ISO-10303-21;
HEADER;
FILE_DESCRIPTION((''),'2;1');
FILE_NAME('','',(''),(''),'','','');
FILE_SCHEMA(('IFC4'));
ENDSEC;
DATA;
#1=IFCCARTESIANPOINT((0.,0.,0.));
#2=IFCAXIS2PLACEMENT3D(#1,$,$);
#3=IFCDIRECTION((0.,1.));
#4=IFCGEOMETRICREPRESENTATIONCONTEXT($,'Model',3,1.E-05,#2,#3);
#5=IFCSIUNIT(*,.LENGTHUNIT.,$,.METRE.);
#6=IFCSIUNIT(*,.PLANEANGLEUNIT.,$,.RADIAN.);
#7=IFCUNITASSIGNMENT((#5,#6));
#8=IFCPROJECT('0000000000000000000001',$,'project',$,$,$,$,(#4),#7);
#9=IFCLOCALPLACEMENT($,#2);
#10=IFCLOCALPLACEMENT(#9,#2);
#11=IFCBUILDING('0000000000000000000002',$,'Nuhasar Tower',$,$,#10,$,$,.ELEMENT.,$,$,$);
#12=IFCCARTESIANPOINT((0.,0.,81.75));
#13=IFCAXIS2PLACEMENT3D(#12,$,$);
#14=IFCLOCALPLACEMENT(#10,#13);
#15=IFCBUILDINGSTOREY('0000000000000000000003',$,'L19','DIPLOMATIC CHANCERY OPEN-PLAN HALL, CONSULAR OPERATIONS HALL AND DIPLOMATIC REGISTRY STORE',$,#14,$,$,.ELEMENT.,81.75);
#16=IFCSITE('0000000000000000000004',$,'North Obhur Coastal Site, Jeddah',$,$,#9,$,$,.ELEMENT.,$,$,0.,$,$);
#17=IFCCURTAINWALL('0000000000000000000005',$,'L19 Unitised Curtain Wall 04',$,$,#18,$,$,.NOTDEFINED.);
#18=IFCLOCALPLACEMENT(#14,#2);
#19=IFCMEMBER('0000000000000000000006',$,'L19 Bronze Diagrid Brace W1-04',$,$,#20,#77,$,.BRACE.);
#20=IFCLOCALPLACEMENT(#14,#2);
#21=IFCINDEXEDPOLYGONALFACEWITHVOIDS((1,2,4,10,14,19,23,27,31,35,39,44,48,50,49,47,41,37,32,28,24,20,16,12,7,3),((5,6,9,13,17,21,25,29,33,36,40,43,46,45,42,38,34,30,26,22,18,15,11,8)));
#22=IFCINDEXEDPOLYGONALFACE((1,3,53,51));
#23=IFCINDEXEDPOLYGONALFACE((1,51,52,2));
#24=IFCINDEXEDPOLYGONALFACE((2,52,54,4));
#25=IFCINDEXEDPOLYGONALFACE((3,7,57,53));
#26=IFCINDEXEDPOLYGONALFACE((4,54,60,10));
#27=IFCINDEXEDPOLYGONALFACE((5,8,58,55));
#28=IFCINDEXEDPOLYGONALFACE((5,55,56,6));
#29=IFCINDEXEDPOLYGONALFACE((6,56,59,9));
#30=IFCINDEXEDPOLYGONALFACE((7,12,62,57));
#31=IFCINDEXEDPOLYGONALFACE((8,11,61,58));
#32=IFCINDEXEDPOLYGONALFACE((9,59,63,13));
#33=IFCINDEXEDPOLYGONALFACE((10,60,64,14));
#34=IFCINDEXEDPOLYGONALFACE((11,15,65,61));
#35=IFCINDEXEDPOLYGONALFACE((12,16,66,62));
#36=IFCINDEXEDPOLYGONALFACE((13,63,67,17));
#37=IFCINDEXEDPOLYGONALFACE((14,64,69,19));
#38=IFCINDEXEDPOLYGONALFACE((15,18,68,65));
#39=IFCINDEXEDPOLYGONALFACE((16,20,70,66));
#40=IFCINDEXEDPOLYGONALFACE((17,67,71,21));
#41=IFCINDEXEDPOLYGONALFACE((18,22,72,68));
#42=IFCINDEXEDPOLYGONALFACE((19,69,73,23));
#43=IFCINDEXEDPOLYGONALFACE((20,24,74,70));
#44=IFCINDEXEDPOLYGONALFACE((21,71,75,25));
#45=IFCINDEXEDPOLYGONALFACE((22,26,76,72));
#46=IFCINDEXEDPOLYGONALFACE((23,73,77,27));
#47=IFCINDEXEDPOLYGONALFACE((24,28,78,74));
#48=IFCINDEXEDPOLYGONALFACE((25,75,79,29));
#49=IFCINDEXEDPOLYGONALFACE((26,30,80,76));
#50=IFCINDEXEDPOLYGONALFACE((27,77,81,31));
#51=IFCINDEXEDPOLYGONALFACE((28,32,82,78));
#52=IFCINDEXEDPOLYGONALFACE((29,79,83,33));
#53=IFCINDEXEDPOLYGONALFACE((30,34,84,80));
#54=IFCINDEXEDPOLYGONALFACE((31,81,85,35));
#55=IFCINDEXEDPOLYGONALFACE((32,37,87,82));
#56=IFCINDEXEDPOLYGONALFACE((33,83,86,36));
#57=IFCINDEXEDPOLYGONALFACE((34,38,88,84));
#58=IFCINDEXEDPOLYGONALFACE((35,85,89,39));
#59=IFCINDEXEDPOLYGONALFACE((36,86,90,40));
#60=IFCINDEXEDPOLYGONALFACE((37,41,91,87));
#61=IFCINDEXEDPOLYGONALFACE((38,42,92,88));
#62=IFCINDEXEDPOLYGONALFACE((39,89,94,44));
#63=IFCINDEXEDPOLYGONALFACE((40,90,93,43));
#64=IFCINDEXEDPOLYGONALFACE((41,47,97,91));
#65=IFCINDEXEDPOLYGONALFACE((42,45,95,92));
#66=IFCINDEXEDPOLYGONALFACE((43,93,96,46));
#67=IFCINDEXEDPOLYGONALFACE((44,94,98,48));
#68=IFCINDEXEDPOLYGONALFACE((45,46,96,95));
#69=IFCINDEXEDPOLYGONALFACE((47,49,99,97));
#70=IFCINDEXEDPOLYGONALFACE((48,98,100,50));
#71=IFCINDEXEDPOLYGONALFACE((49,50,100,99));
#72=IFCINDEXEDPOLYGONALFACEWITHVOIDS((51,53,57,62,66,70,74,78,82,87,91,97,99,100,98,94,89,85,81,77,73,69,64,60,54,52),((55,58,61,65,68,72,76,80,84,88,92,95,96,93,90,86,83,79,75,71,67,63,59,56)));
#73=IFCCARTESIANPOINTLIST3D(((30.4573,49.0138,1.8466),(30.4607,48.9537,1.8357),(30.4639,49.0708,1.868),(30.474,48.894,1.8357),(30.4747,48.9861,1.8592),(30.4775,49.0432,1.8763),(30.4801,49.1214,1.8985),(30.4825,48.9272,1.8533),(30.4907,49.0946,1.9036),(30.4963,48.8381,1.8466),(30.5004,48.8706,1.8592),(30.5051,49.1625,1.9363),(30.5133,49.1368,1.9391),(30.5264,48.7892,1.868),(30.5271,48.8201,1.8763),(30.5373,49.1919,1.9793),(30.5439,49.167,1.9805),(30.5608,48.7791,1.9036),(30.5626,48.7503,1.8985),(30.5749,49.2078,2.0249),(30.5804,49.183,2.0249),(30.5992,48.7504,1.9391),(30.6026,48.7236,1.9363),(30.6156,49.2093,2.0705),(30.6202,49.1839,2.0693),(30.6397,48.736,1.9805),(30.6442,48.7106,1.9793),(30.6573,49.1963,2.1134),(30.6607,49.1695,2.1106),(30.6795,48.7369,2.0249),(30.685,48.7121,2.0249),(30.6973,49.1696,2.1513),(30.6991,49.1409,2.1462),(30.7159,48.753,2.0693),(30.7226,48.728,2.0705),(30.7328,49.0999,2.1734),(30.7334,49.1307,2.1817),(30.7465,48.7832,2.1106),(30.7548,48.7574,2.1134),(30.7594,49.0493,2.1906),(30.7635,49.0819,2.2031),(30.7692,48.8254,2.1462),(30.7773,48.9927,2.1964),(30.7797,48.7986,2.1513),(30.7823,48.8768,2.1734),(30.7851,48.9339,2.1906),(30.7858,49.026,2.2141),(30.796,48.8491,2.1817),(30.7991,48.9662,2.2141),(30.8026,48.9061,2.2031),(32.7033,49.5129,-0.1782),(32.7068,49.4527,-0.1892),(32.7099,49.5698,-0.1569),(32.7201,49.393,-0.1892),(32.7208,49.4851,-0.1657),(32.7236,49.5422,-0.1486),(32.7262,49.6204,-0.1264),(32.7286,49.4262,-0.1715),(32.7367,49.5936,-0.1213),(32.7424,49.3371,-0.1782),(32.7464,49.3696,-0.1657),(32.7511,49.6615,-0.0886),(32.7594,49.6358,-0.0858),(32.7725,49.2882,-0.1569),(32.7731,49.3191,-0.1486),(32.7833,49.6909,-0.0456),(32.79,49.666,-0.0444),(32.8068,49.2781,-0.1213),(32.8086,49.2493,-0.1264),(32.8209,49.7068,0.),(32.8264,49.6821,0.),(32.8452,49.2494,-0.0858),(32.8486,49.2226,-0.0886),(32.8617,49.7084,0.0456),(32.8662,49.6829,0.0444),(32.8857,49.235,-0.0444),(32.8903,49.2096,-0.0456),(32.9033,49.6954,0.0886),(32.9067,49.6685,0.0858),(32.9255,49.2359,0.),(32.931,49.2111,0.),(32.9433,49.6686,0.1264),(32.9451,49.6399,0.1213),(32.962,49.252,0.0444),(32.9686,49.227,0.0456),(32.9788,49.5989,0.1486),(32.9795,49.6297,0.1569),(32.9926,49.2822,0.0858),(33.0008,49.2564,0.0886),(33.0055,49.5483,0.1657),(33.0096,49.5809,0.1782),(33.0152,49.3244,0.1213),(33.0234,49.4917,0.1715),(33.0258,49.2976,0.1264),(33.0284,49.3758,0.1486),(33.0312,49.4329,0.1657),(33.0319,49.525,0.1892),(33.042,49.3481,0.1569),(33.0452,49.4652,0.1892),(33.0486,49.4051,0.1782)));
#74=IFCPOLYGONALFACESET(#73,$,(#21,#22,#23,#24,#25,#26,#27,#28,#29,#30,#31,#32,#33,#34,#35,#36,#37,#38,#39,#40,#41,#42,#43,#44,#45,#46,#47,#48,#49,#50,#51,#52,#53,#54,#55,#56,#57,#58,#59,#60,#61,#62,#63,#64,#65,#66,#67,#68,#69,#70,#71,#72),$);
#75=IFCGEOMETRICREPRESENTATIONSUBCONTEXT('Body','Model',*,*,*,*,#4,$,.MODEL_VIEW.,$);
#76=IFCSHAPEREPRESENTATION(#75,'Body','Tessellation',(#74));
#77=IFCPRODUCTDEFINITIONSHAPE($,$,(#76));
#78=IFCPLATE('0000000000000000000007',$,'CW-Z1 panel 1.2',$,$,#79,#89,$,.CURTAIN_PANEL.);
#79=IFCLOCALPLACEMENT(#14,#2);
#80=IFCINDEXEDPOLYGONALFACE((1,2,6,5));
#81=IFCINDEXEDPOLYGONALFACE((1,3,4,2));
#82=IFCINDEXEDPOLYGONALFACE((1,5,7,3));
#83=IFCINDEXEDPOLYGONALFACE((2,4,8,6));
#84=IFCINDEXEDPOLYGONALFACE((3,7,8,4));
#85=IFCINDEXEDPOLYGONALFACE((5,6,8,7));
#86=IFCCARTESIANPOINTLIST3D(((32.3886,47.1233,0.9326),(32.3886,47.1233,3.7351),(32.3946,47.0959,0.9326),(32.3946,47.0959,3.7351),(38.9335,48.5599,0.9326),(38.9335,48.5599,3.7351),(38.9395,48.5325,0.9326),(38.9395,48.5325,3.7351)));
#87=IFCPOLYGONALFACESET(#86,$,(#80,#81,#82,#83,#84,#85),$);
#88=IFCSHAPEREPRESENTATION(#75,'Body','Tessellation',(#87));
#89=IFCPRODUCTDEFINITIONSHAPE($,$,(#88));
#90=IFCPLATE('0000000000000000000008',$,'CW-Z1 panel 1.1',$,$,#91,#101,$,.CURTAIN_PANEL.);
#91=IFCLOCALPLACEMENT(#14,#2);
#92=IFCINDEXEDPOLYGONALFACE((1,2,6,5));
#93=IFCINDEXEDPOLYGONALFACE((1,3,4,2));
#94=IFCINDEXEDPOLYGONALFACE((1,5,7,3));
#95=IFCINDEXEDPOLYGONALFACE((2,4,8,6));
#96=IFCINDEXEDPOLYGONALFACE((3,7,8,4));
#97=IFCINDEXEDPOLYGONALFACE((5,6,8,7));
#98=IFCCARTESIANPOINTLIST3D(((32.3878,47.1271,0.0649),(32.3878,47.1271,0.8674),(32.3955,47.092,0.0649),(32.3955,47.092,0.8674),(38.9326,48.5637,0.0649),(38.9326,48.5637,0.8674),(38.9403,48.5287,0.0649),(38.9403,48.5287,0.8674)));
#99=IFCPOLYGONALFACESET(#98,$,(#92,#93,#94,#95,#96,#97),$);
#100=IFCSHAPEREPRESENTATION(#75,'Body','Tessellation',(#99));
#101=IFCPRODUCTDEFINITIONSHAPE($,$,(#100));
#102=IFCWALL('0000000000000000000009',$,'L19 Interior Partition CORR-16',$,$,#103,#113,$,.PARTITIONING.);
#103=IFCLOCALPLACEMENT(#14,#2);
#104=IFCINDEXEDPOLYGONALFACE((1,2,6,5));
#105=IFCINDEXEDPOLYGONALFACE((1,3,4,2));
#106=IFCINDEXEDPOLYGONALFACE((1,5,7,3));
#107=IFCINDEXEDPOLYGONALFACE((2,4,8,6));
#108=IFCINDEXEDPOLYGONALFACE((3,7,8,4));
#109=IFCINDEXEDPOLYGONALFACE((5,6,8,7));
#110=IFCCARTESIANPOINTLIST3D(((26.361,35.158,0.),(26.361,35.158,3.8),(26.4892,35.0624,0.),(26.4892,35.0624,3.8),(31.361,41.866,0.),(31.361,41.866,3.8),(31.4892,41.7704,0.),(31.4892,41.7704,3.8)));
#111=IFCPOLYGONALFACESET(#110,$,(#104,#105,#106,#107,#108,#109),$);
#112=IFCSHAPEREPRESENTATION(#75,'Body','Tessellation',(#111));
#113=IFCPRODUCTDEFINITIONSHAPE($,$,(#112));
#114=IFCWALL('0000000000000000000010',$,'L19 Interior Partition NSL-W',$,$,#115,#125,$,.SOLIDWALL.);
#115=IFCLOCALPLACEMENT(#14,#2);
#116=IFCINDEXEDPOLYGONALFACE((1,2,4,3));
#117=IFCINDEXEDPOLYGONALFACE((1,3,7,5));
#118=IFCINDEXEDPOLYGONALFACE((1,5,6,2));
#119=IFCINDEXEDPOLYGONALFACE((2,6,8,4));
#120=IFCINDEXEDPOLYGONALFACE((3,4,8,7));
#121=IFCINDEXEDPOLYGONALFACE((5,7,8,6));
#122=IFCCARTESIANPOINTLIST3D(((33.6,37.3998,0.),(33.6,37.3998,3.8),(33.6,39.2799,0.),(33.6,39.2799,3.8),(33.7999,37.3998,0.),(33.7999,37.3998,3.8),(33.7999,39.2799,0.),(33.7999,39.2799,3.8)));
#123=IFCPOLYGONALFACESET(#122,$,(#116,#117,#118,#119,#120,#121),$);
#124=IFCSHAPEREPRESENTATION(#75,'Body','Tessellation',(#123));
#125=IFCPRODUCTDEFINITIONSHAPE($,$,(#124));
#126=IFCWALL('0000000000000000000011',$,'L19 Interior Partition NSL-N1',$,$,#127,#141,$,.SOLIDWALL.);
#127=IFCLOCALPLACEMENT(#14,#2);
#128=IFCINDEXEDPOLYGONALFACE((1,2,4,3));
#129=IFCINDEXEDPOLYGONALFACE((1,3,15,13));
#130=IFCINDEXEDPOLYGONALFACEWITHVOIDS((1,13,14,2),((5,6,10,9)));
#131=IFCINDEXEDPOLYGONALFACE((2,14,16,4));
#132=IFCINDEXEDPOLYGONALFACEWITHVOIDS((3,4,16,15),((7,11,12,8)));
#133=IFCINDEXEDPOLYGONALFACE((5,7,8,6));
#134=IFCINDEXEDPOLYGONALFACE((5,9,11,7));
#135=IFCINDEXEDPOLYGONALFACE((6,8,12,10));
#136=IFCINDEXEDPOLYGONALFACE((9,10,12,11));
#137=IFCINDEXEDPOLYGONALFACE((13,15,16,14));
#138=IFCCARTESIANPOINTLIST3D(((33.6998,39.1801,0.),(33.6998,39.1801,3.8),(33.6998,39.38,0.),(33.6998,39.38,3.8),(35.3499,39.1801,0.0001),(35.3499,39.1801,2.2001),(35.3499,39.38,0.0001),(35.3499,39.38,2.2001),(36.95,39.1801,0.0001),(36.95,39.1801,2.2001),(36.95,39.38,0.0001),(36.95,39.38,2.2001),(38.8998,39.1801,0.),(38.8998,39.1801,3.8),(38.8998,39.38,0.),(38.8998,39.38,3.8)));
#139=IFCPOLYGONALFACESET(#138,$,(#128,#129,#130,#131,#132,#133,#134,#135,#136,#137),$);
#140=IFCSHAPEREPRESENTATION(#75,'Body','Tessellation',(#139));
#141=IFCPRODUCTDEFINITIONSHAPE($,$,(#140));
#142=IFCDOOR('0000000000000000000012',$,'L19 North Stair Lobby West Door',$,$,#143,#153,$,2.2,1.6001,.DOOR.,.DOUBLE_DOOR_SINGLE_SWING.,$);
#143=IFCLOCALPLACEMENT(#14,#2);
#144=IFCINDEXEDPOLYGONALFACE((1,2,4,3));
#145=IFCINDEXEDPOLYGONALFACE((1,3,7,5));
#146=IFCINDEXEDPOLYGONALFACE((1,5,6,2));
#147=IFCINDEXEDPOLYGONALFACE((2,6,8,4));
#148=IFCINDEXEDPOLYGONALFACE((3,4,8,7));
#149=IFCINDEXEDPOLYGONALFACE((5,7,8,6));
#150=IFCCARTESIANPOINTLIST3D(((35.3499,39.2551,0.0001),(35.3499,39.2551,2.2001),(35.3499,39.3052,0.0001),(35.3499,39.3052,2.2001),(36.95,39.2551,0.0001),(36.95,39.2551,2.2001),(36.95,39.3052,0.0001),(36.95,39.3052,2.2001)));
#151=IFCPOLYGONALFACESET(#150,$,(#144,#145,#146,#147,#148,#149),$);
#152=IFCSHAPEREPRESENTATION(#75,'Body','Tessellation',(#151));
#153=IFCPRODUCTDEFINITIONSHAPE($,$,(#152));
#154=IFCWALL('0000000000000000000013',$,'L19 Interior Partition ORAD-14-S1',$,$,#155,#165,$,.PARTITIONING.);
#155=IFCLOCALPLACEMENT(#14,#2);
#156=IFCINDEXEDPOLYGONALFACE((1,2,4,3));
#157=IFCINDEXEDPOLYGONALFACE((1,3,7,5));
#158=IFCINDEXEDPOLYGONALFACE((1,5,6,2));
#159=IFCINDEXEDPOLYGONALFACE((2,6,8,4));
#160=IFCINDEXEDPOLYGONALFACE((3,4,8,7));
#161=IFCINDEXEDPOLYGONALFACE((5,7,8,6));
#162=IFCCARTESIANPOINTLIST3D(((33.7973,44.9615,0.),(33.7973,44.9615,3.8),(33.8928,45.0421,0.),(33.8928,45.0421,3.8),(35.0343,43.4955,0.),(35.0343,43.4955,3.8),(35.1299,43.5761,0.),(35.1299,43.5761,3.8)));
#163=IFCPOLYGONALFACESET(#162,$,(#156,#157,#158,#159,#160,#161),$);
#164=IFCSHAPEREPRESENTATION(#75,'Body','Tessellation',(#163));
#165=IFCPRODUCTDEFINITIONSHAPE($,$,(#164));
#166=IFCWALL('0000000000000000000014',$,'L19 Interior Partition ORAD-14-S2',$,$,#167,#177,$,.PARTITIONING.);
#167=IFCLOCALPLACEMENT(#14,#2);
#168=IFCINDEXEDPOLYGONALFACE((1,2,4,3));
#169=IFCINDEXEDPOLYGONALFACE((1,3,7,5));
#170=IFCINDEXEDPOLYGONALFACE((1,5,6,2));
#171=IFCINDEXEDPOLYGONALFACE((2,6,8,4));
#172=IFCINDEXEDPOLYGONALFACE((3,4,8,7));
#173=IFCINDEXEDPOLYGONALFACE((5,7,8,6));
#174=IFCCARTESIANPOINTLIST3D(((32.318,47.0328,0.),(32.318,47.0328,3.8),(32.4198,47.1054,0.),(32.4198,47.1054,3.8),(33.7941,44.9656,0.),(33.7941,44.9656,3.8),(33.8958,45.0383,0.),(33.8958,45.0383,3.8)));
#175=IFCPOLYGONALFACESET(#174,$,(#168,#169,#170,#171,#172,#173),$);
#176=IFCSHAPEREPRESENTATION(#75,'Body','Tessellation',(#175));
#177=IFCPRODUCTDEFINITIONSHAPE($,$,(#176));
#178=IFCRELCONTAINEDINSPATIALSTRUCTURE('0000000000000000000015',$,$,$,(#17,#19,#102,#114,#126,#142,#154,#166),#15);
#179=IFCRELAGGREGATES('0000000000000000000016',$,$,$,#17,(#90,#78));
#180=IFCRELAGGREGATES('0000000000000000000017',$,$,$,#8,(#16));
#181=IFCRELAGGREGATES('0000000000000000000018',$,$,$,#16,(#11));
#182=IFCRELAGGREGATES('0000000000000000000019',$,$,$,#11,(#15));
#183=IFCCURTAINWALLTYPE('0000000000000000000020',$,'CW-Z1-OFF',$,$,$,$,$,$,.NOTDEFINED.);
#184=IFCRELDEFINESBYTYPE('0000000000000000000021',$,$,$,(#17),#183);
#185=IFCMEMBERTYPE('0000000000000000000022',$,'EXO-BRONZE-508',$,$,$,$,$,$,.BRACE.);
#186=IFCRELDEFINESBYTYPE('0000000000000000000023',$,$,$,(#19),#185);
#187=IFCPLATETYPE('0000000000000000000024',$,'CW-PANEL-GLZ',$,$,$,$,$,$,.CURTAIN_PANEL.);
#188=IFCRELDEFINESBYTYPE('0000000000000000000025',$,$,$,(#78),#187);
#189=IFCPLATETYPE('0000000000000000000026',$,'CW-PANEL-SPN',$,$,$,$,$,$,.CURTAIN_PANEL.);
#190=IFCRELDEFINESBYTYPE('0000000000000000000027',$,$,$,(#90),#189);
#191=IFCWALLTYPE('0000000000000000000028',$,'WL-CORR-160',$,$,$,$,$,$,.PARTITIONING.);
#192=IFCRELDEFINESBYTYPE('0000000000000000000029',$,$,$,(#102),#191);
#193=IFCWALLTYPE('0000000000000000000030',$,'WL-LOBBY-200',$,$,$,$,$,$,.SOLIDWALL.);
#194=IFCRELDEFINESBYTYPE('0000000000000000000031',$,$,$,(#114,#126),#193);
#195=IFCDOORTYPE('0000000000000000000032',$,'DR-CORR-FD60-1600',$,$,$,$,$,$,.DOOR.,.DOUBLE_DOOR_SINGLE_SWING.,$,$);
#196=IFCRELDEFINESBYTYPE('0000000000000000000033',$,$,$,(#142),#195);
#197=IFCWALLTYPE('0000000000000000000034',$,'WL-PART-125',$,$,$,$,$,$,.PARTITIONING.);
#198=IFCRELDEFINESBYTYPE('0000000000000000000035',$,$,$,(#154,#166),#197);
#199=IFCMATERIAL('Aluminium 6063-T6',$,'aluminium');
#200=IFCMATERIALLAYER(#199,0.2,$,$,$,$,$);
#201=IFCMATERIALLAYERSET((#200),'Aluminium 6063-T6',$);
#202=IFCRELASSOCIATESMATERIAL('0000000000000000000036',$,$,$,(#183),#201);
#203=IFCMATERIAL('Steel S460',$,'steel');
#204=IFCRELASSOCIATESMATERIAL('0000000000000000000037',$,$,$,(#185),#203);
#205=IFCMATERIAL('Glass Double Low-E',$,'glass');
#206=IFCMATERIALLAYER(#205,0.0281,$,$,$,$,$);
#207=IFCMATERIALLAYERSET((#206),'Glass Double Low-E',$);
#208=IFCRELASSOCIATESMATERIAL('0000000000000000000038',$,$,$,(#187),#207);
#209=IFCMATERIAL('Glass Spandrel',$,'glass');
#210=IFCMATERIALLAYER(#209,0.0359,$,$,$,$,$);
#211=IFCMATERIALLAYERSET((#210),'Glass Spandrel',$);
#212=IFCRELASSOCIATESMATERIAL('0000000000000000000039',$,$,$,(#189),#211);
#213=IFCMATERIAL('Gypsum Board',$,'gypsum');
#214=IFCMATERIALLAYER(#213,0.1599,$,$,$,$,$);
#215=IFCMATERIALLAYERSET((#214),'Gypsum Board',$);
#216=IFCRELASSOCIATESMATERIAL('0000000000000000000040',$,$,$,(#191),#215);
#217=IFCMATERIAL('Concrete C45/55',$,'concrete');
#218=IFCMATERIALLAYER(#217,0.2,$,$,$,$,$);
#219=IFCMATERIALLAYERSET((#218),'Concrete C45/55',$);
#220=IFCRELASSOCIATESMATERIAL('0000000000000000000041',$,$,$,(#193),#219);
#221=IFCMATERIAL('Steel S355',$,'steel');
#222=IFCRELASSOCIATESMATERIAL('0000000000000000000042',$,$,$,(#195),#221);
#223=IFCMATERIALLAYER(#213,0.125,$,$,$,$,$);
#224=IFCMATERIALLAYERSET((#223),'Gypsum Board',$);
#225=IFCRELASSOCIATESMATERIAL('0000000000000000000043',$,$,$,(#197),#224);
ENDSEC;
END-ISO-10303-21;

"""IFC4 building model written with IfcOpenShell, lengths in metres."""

from ifc_helpers import new_model, si_unit, direction, frame, frame_2d, origin, origin_2d, place, context, subcontext, project, spatial, rectangle, hollow_circle, extrude, material, layer, layer_set, material_profile, profile_set, type_object, element, fill, aggregate, save


model = new_model("IFC4")

# Units and contexts
model_context = context("Model", 3, precision=1e-05, world=origin(), true_north=direction((0.0, 1.0)))
body_context = subcontext(model_context, "Body", "Model", "MODEL_VIEW")
ifc_project = project(units=[si_unit("LENGTHUNIT", "METRE"), si_unit("PLANEANGLEUNIT", "RADIAN")], contexts=[model_context])

# Site, building, storey
site_placement = place(None, origin())
site = spatial("IfcSite", under=ifc_project, at=site_placement, Name="North Obhur Coastal Site, Jeddah", CompositionType="ELEMENT", RefElevation=0.0)
building_placement = place(site_placement, origin())
building = spatial("IfcBuilding", under=site, at=building_placement, Name="Nuhasar Tower", CompositionType="ELEMENT")
storey_placement = place(building_placement, frame((0.0, 0.0, 81.75)))
storey = spatial("IfcBuildingStorey", under=building, at=storey_placement, Name="L19", Description="DIPLOMATIC CHANCERY OPEN-PLAN HALL, CONSULAR OPERATIONS HALL AND DIPLOMATIC REGISTRY STORE", CompositionType="ELEMENT", Elevation=81.75)

# Shared definitions
ifc_material_1 = material(Name="Steel S355", Category="steel")

# Curtain wall
ifc_material_2 = material(Name="Aluminium 6063-T6", Category="aluminium")
ifc_layer_1 = layer(ifc_material_2, 0.2)
ifc_layer_set_1 = layer_set([ifc_layer_1], Name="Aluminium 6063-T6")
curtain_wall_type = type_object("IfcCurtainWallType", Name="CW-Z1-OFF", PredefinedType="NOTDEFINED", material=ifc_layer_set_1)
curtain_wall_placement = place(storey_placement, origin())
curtain_wall = element("IfcCurtainWall", 1, at=curtain_wall_placement, inside=storey, type_object=curtain_wall_type, Name="L19 Unitised Curtain Wall 04", PredefinedType="NOTDEFINED")

# Member
ifc_material_3 = material(Name="Steel S460", Category="steel")
ifc_material_profile_1 = material_profile(ifc_material_3, hollow_circle(Radius=0.2539, WallThickness=0.0254, at=origin_2d()), Name="HSS508X25.4")
ifc_profile_set_1 = profile_set([ifc_material_profile_1], Name="Steel S460")
member_type_1 = type_object("IfcMemberType", Name="EXO-BRONZE-508", PredefinedType="BRACE", material=ifc_profile_set_1)
member_1_placement = place(storey_placement, frame((32.876, 49.459, 0.0), z_axis=(-0.732821, -0.162814, 0.660654), x_axis=(0.216886, -0.976197, 0.0)))
element("IfcMember", 2, at=member_1_placement, inside=storey, type_object=member_type_1, Name="L19 Bronze Diagrid Brace W1-04", PredefinedType="BRACE", context=body_context, shape_type="SweptSolid", body=[
    extrude(hollow_circle(Radius=0.2539, WallThickness=0.0254, at=origin_2d()), origin(), (0.0, 0.0, 1.0), 3.0649),
])

# Plates
ifc_material_4 = material(Name="Glass Double Low-E", Category="glass")
ifc_layer_2 = layer(ifc_material_4, 0.0281)
ifc_layer_set_2 = layer_set([ifc_layer_2], Name="Glass Double Low-E")
plate_type_1 = type_object("IfcPlateType", Name="CW-PANEL-GLZ", PredefinedType="CURTAIN_PANEL", material=ifc_layer_set_2)
plate_1_placement = place(storey_placement, frame((35.6641, 47.8279, 0.9326), z_axis=(0.0, 0.0, 1.0), x_axis=(-0.976746, -0.214399, 0.0)))
plate_1 = element("IfcPlate", 3, at=plate_1_placement, type_object=plate_type_1, Name="CW-Z1 panel 1.2", PredefinedType="CURTAIN_PANEL", context=body_context, shape_type="SweptSolid", body=[
    extrude(rectangle(XDim=6.7007, YDim=0.0281, at=origin_2d()), origin(), (0.0, 0.0, 1.0), 2.8025),
])
ifc_material_5 = material(Name="Glass Spandrel", Category="glass")
ifc_layer_3 = layer(ifc_material_5, 0.0359)
ifc_layer_set_3 = layer_set([ifc_layer_3], Name="Glass Spandrel")
plate_type_2 = type_object("IfcPlateType", Name="CW-PANEL-SPN", PredefinedType="CURTAIN_PANEL", material=ifc_layer_set_3)
plate_2_placement = place(storey_placement, frame((35.6641, 47.8279, 0.0649), z_axis=(0.0, 0.0, 1.0), x_axis=(-0.976746, -0.214399, 0.0)))
plate_2 = element("IfcPlate", 4, at=plate_2_placement, type_object=plate_type_2, Name="CW-Z1 panel 1.1", PredefinedType="CURTAIN_PANEL", context=body_context, shape_type="SweptSolid", body=[
    extrude(rectangle(XDim=6.7007, YDim=0.0359, at=origin_2d()), origin(), (0.0, 0.0, 1.0), 0.8025),
])
aggregate(curtain_wall, [plate_2, plate_1])

# Shared definitions
ifc_material_6 = material(Name="Gypsum Board", Category="gypsum")
ifc_layer_4 = layer(ifc_material_6, 0.1599)
ifc_layer_set_4 = layer_set([ifc_layer_4], Name="Gypsum Board")
wall_type_1 = type_object("IfcWallType", Name="WL-CORR-160", PredefinedType="PARTITIONING", material=ifc_layer_set_4)

# Walls
wall_1_placement = place(storey_placement, frame((31.425, 41.8181, 0.0), z_axis=(0.0, 0.0, 1.0), x_axis=(-0.597626, -0.801775, 0.0)))
element("IfcWall", 5, at=wall_1_placement, inside=storey, type_object=wall_type_1, Name="L19 Interior Partition CORR-16", PredefinedType="PARTITIONING", context=body_context, shape_type="SweptSolid", body=[
    extrude(rectangle(XDim=8.3665, YDim=0.1599, at=frame_2d((4.1831, 0.0))), origin(), (0.0, 0.0, 1.0), 3.8),
])
ifc_material_7 = material(Name="Concrete C45/55", Category="concrete")
ifc_layer_5 = layer(ifc_material_7, 0.2)
ifc_layer_set_5 = layer_set([ifc_layer_5], Name="Concrete C45/55")
wall_type_2 = type_object("IfcWallType", Name="WL-LOBBY-200", PredefinedType="SOLIDWALL", material=ifc_layer_set_5)
wall_2_placement = place(storey_placement, frame((33.7, 37.3999, 0.0), z_axis=(0.0, 0.0, 1.0), x_axis=(0.0, 1.0, 0.0)))
element("IfcWall", 6, at=wall_2_placement, inside=storey, type_object=wall_type_2, Name="L19 Interior Partition NSL-W", PredefinedType="SOLIDWALL", context=body_context, shape_type="SweptSolid", body=[
    extrude(rectangle(XDim=1.8801, YDim=0.2, at=frame_2d((0.9399, 0.0))), origin(), (0.0, 0.0, 1.0), 3.8),
])

# Wall, opening, door
wall_3_placement = place(storey_placement, frame((38.8999, 39.28, 0.0), z_axis=(0.0, 0.0, 1.0), x_axis=(-1.0, 0.0, 0.0)))
wall_3 = element("IfcWall", 7, at=wall_3_placement, inside=storey, type_object=wall_type_2, Name="L19 Interior Partition NSL-N1", PredefinedType="SOLIDWALL", context=body_context, shape_type="SweptSolid", body=[
    extrude(rectangle(XDim=5.2, YDim=0.2, at=frame_2d((2.6001, 0.0))), origin(), (0.0, 0.0, 1.0), 3.8),
])
opening_1_placement = place(wall_3_placement, frame((1.95, 0.0, 0.0)))
opening_1 = element("IfcOpeningElement", 8, at=opening_1_placement, cuts=wall_3, PredefinedType="OPENING", context=body_context, shape_type="SweptSolid", body=[
    extrude(rectangle(XDim=1.6001, YDim=2.2, at=frame_2d((0.8, 1.1001))), frame((0.0, 0.1099, 0.0), z_axis=(0.0, -1.0, 0.0), x_axis=(1.0, 0.0, 0.0)), (0.0, 0.0, 1.0), 0.22),
])
door_type_1 = type_object("IfcDoorType", Name="DR-CORR-FD60-1600", OperationType="DOUBLE_DOOR_SINGLE_SWING", PredefinedType="DOOR", material=ifc_material_1)
door_1_placement = place(opening_1_placement, origin())
door_1 = element("IfcDoor", 9, at=door_1_placement, inside=storey, type_object=door_type_1, Name="L19 North Stair Lobby West Door", OperationType="DOUBLE_DOOR_SINGLE_SWING", OverallHeight=2.2, OverallWidth=1.6001, PredefinedType="DOOR", context=body_context, shape_type="SweptSolid", body=[
    extrude(rectangle(XDim=1.6001, YDim=2.2, at=frame_2d((0.8, 1.1001))), frame((0.0, 0.0249, 0.0), z_axis=(0.0, -1.0, 0.0), x_axis=(1.0, 0.0, 0.0)), (0.0, 0.0, 1.0), 0.05),
])
fill(opening_1, door_1)

# Walls
ifc_layer_6 = layer(ifc_material_6, 0.125)
ifc_layer_set_6 = layer_set([ifc_layer_6], Name="Gypsum Board")
wall_type_3 = type_object("IfcWallType", Name="WL-PART-125", PredefinedType="PARTITIONING", material=ifc_layer_set_6)
wall_4_placement = place(storey_placement, frame((35.082, 43.5359, 0.0), z_axis=(0.0, 0.0, 1.0), x_axis=(-0.644892, 0.764274, 0.0)))
element("IfcWall", 10, at=wall_4_placement, inside=storey, type_object=wall_type_3, Name="L19 Interior Partition ORAD-14-S1", PredefinedType="PARTITIONING", context=body_context, shape_type="SweptSolid", body=[
    extrude(rectangle(XDim=1.9182, YDim=0.125, at=frame_2d((0.959, 0.0))), origin(), (0.0, 0.0, 1.0), 3.8),
])
wall_5_placement = place(storey_placement, frame((33.845, 45.002, 0.0), z_axis=(0.0, 0.0, 1.0), x_axis=(-0.58112, 0.813818, 0.0)))
element("IfcWall", 11, at=wall_5_placement, inside=storey, type_object=wall_type_3, Name="L19 Interior Partition ORAD-14-S2", PredefinedType="PARTITIONING", context=body_context, shape_type="SweptSolid", body=[
    extrude(rectangle(XDim=2.54, YDim=0.125, at=frame_2d((1.27, 0.0))), origin(), (0.0, 0.0, 1.0), 3.8),
])

save(model, "model.ifc")
